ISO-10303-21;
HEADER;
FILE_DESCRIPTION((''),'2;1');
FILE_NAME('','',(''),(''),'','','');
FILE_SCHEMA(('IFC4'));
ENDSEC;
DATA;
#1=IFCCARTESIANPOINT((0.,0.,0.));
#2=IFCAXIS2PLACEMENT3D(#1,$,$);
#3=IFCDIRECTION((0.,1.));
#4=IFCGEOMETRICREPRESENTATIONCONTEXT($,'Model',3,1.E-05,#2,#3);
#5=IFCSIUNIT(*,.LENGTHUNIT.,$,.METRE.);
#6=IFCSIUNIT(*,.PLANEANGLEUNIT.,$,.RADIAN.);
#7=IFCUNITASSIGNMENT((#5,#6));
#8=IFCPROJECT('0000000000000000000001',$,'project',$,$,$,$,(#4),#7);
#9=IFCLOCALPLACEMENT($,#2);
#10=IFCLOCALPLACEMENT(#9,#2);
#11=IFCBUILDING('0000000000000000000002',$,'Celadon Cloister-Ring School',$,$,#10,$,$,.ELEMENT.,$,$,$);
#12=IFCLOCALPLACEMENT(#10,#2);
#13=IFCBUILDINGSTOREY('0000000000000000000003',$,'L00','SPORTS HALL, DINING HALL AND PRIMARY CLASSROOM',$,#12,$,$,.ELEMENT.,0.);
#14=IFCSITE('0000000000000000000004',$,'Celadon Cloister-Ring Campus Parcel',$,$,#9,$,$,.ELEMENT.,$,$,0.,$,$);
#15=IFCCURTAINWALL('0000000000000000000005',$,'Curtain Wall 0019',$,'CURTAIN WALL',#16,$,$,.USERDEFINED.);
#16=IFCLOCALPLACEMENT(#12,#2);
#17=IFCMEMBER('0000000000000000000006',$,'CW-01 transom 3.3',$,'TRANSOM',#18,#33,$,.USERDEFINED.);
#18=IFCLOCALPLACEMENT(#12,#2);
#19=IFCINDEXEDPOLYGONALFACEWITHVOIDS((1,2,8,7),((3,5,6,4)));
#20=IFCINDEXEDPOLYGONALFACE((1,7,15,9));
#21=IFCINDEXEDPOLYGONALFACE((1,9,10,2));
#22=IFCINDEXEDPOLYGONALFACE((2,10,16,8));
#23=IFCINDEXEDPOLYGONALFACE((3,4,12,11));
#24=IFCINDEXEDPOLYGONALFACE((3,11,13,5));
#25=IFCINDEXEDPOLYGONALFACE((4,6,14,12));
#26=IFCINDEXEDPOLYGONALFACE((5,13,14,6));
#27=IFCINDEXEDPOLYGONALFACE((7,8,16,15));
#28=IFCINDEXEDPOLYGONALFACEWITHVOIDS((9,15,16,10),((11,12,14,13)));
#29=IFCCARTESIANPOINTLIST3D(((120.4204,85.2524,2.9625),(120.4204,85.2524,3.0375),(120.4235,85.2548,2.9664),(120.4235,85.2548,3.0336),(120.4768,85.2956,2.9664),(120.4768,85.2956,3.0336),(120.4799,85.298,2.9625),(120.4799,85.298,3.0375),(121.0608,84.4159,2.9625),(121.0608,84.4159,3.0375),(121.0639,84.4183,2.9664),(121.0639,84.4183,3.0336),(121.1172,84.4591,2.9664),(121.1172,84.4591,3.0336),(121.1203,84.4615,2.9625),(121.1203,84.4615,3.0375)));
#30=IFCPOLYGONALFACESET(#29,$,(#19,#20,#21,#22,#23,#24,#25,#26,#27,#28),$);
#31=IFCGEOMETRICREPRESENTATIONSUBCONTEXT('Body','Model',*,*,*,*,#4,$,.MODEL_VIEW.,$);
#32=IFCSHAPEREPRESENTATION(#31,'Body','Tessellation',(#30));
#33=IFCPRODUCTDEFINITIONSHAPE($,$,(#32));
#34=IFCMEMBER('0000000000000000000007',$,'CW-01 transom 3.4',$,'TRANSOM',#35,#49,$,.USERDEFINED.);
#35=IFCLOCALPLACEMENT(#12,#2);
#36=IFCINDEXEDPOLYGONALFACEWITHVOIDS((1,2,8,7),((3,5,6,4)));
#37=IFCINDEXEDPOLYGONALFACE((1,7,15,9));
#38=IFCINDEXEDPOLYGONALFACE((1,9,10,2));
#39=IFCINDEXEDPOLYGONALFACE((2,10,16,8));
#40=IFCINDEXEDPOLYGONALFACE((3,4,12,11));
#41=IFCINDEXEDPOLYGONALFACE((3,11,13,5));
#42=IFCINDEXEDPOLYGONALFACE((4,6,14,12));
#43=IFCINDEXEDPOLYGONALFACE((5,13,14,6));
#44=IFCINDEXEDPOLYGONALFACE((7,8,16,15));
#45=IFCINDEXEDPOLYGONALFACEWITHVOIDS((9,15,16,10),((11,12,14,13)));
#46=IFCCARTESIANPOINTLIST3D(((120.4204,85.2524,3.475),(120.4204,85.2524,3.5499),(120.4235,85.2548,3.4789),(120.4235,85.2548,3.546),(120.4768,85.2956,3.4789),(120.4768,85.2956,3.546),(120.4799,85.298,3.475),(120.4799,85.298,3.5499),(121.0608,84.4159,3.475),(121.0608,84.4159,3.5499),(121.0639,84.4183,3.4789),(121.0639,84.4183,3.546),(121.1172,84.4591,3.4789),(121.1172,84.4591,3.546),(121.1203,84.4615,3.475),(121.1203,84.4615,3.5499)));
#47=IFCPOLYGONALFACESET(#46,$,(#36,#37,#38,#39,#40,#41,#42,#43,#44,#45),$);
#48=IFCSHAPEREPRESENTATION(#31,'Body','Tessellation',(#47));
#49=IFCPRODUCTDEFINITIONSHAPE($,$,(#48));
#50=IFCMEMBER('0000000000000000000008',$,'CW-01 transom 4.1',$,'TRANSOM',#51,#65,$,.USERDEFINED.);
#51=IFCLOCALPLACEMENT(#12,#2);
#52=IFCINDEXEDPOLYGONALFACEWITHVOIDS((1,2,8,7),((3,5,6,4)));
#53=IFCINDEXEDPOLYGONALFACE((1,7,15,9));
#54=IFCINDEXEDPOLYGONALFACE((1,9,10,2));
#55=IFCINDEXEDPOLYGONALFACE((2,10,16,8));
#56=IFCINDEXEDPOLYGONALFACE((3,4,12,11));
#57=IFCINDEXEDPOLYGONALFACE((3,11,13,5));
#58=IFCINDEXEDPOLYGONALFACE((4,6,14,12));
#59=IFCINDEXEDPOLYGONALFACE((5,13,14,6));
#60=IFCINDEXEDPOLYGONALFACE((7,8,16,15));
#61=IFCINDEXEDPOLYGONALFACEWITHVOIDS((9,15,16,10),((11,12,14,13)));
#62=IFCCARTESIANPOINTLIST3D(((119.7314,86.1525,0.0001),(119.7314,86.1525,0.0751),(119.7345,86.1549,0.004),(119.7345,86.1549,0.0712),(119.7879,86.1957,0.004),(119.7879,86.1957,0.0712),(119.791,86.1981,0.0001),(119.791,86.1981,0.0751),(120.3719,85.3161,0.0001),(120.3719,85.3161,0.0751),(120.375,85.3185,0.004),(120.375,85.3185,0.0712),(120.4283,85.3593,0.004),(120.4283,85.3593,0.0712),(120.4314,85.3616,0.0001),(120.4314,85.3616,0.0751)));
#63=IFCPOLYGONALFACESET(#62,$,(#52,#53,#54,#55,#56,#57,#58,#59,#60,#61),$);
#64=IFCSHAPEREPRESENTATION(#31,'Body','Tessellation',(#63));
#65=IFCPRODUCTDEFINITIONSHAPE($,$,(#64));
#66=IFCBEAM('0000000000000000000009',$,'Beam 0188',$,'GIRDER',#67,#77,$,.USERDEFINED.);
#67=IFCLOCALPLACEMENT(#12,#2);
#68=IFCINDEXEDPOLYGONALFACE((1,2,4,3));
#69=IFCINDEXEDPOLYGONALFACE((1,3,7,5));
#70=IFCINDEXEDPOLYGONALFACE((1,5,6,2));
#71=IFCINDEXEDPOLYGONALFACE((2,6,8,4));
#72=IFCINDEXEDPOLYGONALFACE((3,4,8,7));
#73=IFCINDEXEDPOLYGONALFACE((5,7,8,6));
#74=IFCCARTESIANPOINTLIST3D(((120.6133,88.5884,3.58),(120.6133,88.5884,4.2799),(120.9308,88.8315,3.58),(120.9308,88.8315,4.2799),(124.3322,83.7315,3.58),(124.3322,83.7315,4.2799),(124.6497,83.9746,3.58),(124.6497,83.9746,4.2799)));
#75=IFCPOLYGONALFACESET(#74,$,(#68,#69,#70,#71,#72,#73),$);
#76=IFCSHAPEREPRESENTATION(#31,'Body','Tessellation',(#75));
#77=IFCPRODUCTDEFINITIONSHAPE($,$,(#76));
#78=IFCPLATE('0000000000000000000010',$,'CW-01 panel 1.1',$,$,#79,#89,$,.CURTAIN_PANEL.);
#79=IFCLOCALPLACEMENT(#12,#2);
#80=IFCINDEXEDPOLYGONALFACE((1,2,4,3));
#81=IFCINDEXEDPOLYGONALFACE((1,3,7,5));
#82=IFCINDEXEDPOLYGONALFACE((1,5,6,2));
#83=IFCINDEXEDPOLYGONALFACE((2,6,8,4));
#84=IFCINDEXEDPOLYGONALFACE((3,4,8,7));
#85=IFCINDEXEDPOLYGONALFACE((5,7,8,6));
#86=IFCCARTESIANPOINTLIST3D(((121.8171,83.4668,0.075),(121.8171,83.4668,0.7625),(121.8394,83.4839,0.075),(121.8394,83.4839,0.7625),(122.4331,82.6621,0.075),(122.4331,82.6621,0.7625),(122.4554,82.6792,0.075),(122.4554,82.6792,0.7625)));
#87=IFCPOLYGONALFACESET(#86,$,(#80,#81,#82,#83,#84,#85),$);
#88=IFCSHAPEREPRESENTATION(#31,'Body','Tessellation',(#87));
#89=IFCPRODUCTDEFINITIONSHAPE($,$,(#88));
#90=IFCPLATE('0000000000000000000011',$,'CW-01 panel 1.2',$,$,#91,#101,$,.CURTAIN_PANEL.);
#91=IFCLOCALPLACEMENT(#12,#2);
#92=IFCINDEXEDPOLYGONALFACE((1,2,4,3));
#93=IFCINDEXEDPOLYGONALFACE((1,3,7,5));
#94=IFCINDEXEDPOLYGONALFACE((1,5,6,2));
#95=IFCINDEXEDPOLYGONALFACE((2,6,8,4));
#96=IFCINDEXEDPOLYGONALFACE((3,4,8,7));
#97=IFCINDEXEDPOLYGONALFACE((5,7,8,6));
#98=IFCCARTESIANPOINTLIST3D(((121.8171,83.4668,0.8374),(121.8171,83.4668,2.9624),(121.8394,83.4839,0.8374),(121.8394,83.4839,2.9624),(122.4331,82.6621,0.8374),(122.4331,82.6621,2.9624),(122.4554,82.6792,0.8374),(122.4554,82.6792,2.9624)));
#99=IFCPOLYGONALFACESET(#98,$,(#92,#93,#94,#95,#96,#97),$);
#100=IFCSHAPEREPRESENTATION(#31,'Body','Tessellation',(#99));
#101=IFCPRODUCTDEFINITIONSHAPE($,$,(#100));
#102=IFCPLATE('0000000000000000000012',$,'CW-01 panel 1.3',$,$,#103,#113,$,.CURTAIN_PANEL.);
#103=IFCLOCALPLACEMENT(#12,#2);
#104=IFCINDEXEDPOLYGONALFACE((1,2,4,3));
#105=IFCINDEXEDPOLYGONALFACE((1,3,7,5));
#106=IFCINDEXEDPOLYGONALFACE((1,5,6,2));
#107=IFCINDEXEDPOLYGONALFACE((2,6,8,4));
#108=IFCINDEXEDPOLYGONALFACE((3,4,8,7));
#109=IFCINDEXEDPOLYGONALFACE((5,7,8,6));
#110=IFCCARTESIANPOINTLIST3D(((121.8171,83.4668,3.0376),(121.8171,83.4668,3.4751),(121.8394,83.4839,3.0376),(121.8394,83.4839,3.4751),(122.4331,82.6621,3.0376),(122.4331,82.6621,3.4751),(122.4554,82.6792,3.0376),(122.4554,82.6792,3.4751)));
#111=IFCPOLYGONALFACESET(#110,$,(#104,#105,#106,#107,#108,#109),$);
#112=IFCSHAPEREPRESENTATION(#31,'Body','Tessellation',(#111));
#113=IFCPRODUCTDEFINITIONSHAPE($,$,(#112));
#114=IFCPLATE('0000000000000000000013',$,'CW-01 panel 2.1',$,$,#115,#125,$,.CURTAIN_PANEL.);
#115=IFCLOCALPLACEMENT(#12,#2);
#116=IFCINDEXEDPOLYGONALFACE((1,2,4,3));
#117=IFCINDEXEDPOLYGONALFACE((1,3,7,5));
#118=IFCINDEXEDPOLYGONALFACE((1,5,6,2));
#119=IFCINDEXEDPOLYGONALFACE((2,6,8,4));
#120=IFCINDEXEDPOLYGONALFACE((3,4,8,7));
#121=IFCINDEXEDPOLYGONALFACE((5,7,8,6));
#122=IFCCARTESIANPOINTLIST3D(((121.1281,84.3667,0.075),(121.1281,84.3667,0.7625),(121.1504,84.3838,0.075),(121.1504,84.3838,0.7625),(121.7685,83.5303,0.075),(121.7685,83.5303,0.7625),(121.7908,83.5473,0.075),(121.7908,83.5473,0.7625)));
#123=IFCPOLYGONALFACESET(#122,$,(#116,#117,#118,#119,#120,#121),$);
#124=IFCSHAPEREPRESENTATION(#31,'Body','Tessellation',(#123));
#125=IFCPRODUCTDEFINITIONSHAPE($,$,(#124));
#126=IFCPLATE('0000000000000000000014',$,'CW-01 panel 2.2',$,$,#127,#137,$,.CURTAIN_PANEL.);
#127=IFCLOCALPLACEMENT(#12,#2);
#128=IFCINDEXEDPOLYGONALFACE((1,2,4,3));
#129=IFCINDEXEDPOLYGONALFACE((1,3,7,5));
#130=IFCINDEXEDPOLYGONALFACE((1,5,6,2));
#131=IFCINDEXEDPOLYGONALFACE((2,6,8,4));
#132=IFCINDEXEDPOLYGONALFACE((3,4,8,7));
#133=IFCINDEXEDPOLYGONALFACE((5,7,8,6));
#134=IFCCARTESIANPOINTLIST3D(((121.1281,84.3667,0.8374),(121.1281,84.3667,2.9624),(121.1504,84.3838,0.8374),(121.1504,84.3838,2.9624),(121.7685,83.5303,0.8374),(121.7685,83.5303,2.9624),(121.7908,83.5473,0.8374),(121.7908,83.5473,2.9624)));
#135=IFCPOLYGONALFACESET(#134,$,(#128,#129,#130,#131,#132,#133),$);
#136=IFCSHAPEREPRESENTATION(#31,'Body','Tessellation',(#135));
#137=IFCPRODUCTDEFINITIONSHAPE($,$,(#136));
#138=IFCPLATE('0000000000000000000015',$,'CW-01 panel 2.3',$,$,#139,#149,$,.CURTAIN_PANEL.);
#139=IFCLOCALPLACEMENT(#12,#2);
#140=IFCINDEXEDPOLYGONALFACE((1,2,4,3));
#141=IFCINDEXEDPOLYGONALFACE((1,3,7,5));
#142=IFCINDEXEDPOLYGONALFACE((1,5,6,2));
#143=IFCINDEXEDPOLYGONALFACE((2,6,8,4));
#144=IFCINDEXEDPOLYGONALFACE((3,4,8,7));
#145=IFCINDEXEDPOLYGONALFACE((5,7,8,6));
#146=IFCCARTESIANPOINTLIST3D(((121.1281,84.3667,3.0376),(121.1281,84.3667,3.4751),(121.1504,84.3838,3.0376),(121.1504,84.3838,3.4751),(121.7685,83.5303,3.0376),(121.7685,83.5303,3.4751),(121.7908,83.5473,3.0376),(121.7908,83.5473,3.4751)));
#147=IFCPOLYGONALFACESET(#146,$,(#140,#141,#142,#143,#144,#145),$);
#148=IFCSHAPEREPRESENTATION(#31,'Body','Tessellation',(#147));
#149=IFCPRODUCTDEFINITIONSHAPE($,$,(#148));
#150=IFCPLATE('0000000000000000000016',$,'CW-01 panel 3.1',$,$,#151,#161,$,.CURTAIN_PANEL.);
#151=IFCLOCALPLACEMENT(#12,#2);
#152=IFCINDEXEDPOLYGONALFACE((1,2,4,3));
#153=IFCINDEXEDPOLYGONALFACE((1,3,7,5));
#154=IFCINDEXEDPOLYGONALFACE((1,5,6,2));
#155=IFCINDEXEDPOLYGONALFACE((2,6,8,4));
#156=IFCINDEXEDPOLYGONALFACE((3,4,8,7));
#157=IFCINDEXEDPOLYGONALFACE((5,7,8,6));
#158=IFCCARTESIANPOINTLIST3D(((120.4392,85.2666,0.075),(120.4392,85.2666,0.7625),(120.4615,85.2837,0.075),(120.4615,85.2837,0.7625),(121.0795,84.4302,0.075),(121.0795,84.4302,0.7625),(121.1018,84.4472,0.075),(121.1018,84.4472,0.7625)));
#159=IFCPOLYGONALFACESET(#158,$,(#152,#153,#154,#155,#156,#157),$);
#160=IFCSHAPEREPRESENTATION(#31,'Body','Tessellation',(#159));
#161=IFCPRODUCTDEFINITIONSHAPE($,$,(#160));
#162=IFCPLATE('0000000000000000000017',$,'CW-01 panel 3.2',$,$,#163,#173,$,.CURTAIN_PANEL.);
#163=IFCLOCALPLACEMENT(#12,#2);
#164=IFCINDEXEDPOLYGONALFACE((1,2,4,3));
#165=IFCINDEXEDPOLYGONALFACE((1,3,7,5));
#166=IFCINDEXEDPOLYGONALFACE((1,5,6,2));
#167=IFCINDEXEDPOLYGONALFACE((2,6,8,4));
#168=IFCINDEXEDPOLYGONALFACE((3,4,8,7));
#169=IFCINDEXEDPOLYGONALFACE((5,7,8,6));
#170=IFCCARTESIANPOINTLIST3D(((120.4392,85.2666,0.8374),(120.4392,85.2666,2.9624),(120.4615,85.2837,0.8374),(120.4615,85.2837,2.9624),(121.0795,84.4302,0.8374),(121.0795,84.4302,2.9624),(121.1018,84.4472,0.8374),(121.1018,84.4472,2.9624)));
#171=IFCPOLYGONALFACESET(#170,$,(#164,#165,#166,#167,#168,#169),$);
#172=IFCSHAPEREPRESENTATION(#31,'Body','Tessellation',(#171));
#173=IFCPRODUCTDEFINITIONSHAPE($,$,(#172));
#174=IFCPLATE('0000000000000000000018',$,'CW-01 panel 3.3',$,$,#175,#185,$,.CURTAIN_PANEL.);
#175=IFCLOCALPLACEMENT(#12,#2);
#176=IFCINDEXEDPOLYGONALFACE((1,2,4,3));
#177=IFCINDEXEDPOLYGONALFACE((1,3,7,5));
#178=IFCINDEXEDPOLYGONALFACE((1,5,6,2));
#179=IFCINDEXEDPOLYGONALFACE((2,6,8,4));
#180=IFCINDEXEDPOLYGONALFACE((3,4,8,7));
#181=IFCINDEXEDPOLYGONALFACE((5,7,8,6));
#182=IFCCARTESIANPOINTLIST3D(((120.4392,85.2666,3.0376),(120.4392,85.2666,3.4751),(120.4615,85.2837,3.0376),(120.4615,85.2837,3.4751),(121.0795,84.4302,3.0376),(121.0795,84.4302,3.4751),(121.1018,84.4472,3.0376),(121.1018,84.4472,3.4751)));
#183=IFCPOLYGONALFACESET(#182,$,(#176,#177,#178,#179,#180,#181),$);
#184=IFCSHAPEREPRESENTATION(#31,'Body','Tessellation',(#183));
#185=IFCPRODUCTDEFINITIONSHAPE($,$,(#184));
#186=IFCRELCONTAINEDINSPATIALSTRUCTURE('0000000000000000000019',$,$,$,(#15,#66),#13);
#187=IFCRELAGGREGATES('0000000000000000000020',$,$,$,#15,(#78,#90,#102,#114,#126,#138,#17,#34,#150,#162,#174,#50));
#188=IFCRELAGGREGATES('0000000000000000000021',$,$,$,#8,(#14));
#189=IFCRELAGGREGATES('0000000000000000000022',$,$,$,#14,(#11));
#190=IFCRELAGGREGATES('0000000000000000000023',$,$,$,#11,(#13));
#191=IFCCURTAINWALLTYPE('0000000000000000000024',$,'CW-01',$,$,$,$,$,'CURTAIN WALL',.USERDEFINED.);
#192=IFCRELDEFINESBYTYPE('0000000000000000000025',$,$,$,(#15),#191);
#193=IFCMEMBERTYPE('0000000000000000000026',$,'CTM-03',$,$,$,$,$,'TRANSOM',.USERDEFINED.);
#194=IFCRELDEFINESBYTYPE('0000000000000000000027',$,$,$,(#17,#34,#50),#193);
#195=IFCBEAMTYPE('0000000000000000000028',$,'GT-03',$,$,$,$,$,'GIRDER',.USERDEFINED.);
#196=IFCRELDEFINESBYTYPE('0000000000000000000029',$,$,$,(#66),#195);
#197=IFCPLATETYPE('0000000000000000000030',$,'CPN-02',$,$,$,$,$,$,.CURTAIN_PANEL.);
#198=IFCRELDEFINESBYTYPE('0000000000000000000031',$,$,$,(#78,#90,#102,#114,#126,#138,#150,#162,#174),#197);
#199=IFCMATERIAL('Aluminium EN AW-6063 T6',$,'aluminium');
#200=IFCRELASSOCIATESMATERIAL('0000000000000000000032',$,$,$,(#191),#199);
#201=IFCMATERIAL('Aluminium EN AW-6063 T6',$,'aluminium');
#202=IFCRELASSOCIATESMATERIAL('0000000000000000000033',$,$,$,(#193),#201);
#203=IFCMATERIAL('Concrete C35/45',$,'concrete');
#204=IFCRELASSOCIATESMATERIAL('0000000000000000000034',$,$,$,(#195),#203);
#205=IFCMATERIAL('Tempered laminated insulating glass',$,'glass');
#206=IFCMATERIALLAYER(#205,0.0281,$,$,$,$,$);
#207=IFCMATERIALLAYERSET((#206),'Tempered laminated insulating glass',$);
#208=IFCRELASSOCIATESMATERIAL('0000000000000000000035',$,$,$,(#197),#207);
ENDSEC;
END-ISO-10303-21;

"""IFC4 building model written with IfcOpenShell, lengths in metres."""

from ifc_helpers import new_model, si_unit, direction, frame, origin, origin_2d, place, context, subcontext, project, spatial, rectangle, hollow_rectangle, extrude, material, layer, layer_set, material_profile, profile_set, type_object, element, aggregate, save


model = new_model("IFC4")

# Units and contexts
model_context = context("Model", 3, precision=1e-05, world=origin(), true_north=direction((0.0, 1.0)))
body_context = subcontext(model_context, "Body", "Model", "MODEL_VIEW")
ifc_project = project(units=[si_unit("LENGTHUNIT", "METRE"), si_unit("PLANEANGLEUNIT", "RADIAN")], contexts=[model_context])

# Site, building, storey
site_placement = place(None, origin())
site = spatial("IfcSite", under=ifc_project, at=site_placement, Name="Celadon Cloister-Ring Campus Parcel", CompositionType="ELEMENT", RefElevation=0.0)
building_placement = place(site_placement, origin())
building = spatial("IfcBuilding", under=site, at=building_placement, Name="Celadon Cloister-Ring School", CompositionType="ELEMENT")
storey_placement = place(building_placement, origin())
storey = spatial("IfcBuildingStorey", under=building, at=storey_placement, Name="L00", Description="SPORTS HALL, DINING HALL AND PRIMARY CLASSROOM", CompositionType="ELEMENT", Elevation=0.0)

# Curtain wall, members
ifc_material_1 = material(Name="Aluminium EN AW-6063 T6", Category="aluminium")
curtain_wall_type = type_object("IfcCurtainWallType", Name="CW-01", ElementType="CURTAIN WALL", PredefinedType="USERDEFINED", material=ifc_material_1)
curtain_wall_placement = place(storey_placement, origin())
curtain_wall = element("IfcCurtainWall", 1, at=curtain_wall_placement, inside=storey, type_object=curtain_wall_type, Name="Curtain Wall 0019", ObjectType="CURTAIN WALL", PredefinedType="USERDEFINED")
ifc_material_2 = material(Name="Aluminium EN AW-6063 T6", Category="aluminium")
ifc_material_profile_1 = material_profile(ifc_material_2, hollow_rectangle(XDim=0.075, YDim=0.075, WallThickness=0.0039, at=origin_2d()), Name="RHS75X75X4")
ifc_profile_set_1 = profile_set([ifc_material_profile_1], Name="Aluminium EN AW-6063 T6")
member_type_1 = type_object("IfcMemberType", Name="CTM-03", ElementType="TRANSOM", PredefinedType="USERDEFINED", material=ifc_profile_set_1)
member_1_placement = place(storey_placement, frame((121.0906, 84.4387, 3.0), z_axis=(-0.607906, 0.794009, 0.0), x_axis=(-0.794009, -0.607906, 0.0)))
member_1 = element("IfcMember", 2, at=member_1_placement, type_object=member_type_1, Name="CW-01 transom 3.3", ObjectType="TRANSOM", PredefinedType="USERDEFINED", context=body_context, shape_type="SweptSolid", body=[
    extrude(hollow_rectangle(XDim=0.075, YDim=0.075, WallThickness=0.0039, at=origin_2d()), origin(), (0.0, 0.0, 1.0), 1.0535),
])
member_2_placement = place(storey_placement, frame((121.0906, 84.4387, 3.5125), z_axis=(-0.607906, 0.794009, 0.0), x_axis=(-0.794009, -0.607906, 0.0)))
member_2 = element("IfcMember", 3, at=member_2_placement, type_object=member_type_1, Name="CW-01 transom 3.4", ObjectType="TRANSOM", PredefinedType="USERDEFINED", context=body_context, shape_type="SweptSolid", body=[
    extrude(hollow_rectangle(XDim=0.075, YDim=0.075, WallThickness=0.0039, at=origin_2d()), origin(), (0.0, 0.0, 1.0), 1.0535),
])
member_3_placement = place(storey_placement, frame((120.4016, 85.3389, 0.0376), z_axis=(-0.607906, 0.794009, 0.0), x_axis=(-0.794009, -0.607906, 0.0)))
member_3 = element("IfcMember", 4, at=member_3_placement, type_object=member_type_1, Name="CW-01 transom 4.1", ObjectType="TRANSOM", PredefinedType="USERDEFINED", context=body_context, shape_type="SweptSolid", body=[
    extrude(hollow_rectangle(XDim=0.075, YDim=0.075, WallThickness=0.0039, at=origin_2d()), origin(), (0.0, 0.0, 1.0), 1.0535),
])

# Beam
ifc_material_3 = material(Name="Concrete C35/45", Category="concrete")
ifc_material_profile_2 = material_profile(ifc_material_3, rectangle(XDim=0.3999, YDim=0.7, at=origin_2d()), Name="RC400X700")
ifc_profile_set_2 = profile_set([ifc_material_profile_2], Name="Concrete C35/45")
beam_type_1 = type_object("IfcBeamType", Name="GT-03", ElementType="GIRDER", PredefinedType="USERDEFINED", material=ifc_profile_set_2)
beam_1_placement = place(storey_placement, frame((124.491, 83.853, 3.9299), z_axis=(-0.607952, 0.793974, 0.0), x_axis=(-0.793974, -0.607952, 0.0)))
element("IfcBeam", 5, at=beam_1_placement, inside=storey, type_object=beam_type_1, Name="Beam 0188", ObjectType="GIRDER", PredefinedType="USERDEFINED", context=body_context, shape_type="SweptSolid", body=[
    extrude(rectangle(XDim=0.3999, YDim=0.7, at=origin_2d()), origin(), (0.0, 0.0, 1.0), 6.1172),
])

# Plates
ifc_material_4 = material(Name="Tempered laminated insulating glass", Category="glass")
ifc_layer_1 = layer(ifc_material_4, 0.0281)
ifc_layer_set_1 = layer_set([ifc_layer_1], Name="Tempered laminated insulating glass")
plate_type = type_object("IfcPlateType", Name="CPN-02", PredefinedType="CURTAIN_PANEL", material=ifc_layer_set_1)
plate_1_placement = place(storey_placement, frame((122.1362, 83.073, 0.075), z_axis=(0.0, 0.0, 1.0), x_axis=(-0.607876, 0.794032, 0.0)))
plate_1 = element("IfcPlate", 6, at=plate_1_placement, type_object=plate_type, Name="CW-01 panel 1.1", PredefinedType="CURTAIN_PANEL", context=body_context, shape_type="SweptSolid", body=[
    extrude(rectangle(XDim=1.0134, YDim=0.0281, at=origin_2d()), origin(), (0.0, 0.0, 1.0), 0.6875),
])
plate_2_placement = place(storey_placement, frame((122.1362, 83.073, 0.8374), z_axis=(0.0, 0.0, 1.0), x_axis=(-0.607876, 0.794032, 0.0)))
plate_2 = element("IfcPlate", 7, at=plate_2_placement, type_object=plate_type, Name="CW-01 panel 1.2", PredefinedType="CURTAIN_PANEL", context=body_context, shape_type="SweptSolid", body=[
    extrude(rectangle(XDim=1.0134, YDim=0.0281, at=origin_2d()), origin(), (0.0, 0.0, 1.0), 2.125),
])
plate_3_placement = place(storey_placement, frame((122.1362, 83.073, 3.0376), z_axis=(0.0, 0.0, 1.0), x_axis=(-0.607876, 0.794032, 0.0)))
plate_3 = element("IfcPlate", 8, at=plate_3_placement, type_object=plate_type, Name="CW-01 panel 1.3", PredefinedType="CURTAIN_PANEL", context=body_context, shape_type="SweptSolid", body=[
    extrude(rectangle(XDim=1.0134, YDim=0.0281, at=origin_2d()), origin(), (0.0, 0.0, 1.0), 0.4375),
])
plate_4_placement = place(storey_placement, frame((121.4595, 83.957, 0.075), z_axis=(0.0, 0.0, 1.0), x_axis=(-0.607876, 0.794032, 0.0)))
plate_4 = element("IfcPlate", 9, at=plate_4_placement, type_object=plate_type, Name="CW-01 panel 2.1", PredefinedType="CURTAIN_PANEL", context=body_context, shape_type="SweptSolid", body=[
    extrude(rectangle(XDim=1.0535, YDim=0.0281, at=origin_2d()), origin(), (0.0, 0.0, 1.0), 0.6875),
])
plate_5_placement = place(storey_placement, frame((121.4595, 83.957, 0.8374), z_axis=(0.0, 0.0, 1.0), x_axis=(-0.607876, 0.794032, 0.0)))
plate_5 = element("IfcPlate", 10, at=plate_5_placement, type_object=plate_type, Name="CW-01 panel 2.2", PredefinedType="CURTAIN_PANEL", context=body_context, shape_type="SweptSolid", body=[
    extrude(rectangle(XDim=1.0535, YDim=0.0281, at=origin_2d()), origin(), (0.0, 0.0, 1.0), 2.125),
])
plate_6_placement = place(storey_placement, frame((121.4595, 83.957, 3.0376), z_axis=(0.0, 0.0, 1.0), x_axis=(-0.607876, 0.794032, 0.0)))
plate_6 = element("IfcPlate", 11, at=plate_6_placement, type_object=plate_type, Name="CW-01 panel 2.3", PredefinedType="CURTAIN_PANEL", context=body_context, shape_type="SweptSolid", body=[
    extrude(rectangle(XDim=1.0535, YDim=0.0281, at=origin_2d()), origin(), (0.0, 0.0, 1.0), 0.4375),
])
plate_7_placement = place(storey_placement, frame((120.7705, 84.8569, 0.075), z_axis=(0.0, 0.0, 1.0), x_axis=(-0.607876, 0.794032, 0.0)))
plate_7 = element("IfcPlate", 12, at=plate_7_placement, type_object=plate_type, Name="CW-01 panel 3.1", PredefinedType="CURTAIN_PANEL", context=body_context, shape_type="SweptSolid", body=[
    extrude(rectangle(XDim=1.0535, YDim=0.0281, at=origin_2d()), origin(), (0.0, 0.0, 1.0), 0.6875),
])
plate_8_placement = place(storey_placement, frame((120.7705, 84.8569, 0.8374), z_axis=(0.0, 0.0, 1.0), x_axis=(-0.607876, 0.794032, 0.0)))
plate_8 = element("IfcPlate", 13, at=plate_8_placement, type_object=plate_type, Name="CW-01 panel 3.2", PredefinedType="CURTAIN_PANEL", context=body_context, shape_type="SweptSolid", body=[
    extrude(rectangle(XDim=1.0535, YDim=0.0281, at=origin_2d()), origin(), (0.0, 0.0, 1.0), 2.125),
])
plate_9_placement = place(storey_placement, frame((120.7705, 84.8569, 3.0376), z_axis=(0.0, 0.0, 1.0), x_axis=(-0.607876, 0.794032, 0.0)))
plate_9 = element("IfcPlate", 14, at=plate_9_placement, type_object=plate_type, Name="CW-01 panel 3.3", PredefinedType="CURTAIN_PANEL", context=body_context, shape_type="SweptSolid", body=[
    extrude(rectangle(XDim=1.0535, YDim=0.0281, at=origin_2d()), origin(), (0.0, 0.0, 1.0), 0.4375),
])
aggregate(curtain_wall, [plate_1, plate_2, plate_3, plate_4, plate_5, plate_6, member_1, member_2, plate_7, plate_8, plate_9, member_3])

save(model, "model.ifc")
